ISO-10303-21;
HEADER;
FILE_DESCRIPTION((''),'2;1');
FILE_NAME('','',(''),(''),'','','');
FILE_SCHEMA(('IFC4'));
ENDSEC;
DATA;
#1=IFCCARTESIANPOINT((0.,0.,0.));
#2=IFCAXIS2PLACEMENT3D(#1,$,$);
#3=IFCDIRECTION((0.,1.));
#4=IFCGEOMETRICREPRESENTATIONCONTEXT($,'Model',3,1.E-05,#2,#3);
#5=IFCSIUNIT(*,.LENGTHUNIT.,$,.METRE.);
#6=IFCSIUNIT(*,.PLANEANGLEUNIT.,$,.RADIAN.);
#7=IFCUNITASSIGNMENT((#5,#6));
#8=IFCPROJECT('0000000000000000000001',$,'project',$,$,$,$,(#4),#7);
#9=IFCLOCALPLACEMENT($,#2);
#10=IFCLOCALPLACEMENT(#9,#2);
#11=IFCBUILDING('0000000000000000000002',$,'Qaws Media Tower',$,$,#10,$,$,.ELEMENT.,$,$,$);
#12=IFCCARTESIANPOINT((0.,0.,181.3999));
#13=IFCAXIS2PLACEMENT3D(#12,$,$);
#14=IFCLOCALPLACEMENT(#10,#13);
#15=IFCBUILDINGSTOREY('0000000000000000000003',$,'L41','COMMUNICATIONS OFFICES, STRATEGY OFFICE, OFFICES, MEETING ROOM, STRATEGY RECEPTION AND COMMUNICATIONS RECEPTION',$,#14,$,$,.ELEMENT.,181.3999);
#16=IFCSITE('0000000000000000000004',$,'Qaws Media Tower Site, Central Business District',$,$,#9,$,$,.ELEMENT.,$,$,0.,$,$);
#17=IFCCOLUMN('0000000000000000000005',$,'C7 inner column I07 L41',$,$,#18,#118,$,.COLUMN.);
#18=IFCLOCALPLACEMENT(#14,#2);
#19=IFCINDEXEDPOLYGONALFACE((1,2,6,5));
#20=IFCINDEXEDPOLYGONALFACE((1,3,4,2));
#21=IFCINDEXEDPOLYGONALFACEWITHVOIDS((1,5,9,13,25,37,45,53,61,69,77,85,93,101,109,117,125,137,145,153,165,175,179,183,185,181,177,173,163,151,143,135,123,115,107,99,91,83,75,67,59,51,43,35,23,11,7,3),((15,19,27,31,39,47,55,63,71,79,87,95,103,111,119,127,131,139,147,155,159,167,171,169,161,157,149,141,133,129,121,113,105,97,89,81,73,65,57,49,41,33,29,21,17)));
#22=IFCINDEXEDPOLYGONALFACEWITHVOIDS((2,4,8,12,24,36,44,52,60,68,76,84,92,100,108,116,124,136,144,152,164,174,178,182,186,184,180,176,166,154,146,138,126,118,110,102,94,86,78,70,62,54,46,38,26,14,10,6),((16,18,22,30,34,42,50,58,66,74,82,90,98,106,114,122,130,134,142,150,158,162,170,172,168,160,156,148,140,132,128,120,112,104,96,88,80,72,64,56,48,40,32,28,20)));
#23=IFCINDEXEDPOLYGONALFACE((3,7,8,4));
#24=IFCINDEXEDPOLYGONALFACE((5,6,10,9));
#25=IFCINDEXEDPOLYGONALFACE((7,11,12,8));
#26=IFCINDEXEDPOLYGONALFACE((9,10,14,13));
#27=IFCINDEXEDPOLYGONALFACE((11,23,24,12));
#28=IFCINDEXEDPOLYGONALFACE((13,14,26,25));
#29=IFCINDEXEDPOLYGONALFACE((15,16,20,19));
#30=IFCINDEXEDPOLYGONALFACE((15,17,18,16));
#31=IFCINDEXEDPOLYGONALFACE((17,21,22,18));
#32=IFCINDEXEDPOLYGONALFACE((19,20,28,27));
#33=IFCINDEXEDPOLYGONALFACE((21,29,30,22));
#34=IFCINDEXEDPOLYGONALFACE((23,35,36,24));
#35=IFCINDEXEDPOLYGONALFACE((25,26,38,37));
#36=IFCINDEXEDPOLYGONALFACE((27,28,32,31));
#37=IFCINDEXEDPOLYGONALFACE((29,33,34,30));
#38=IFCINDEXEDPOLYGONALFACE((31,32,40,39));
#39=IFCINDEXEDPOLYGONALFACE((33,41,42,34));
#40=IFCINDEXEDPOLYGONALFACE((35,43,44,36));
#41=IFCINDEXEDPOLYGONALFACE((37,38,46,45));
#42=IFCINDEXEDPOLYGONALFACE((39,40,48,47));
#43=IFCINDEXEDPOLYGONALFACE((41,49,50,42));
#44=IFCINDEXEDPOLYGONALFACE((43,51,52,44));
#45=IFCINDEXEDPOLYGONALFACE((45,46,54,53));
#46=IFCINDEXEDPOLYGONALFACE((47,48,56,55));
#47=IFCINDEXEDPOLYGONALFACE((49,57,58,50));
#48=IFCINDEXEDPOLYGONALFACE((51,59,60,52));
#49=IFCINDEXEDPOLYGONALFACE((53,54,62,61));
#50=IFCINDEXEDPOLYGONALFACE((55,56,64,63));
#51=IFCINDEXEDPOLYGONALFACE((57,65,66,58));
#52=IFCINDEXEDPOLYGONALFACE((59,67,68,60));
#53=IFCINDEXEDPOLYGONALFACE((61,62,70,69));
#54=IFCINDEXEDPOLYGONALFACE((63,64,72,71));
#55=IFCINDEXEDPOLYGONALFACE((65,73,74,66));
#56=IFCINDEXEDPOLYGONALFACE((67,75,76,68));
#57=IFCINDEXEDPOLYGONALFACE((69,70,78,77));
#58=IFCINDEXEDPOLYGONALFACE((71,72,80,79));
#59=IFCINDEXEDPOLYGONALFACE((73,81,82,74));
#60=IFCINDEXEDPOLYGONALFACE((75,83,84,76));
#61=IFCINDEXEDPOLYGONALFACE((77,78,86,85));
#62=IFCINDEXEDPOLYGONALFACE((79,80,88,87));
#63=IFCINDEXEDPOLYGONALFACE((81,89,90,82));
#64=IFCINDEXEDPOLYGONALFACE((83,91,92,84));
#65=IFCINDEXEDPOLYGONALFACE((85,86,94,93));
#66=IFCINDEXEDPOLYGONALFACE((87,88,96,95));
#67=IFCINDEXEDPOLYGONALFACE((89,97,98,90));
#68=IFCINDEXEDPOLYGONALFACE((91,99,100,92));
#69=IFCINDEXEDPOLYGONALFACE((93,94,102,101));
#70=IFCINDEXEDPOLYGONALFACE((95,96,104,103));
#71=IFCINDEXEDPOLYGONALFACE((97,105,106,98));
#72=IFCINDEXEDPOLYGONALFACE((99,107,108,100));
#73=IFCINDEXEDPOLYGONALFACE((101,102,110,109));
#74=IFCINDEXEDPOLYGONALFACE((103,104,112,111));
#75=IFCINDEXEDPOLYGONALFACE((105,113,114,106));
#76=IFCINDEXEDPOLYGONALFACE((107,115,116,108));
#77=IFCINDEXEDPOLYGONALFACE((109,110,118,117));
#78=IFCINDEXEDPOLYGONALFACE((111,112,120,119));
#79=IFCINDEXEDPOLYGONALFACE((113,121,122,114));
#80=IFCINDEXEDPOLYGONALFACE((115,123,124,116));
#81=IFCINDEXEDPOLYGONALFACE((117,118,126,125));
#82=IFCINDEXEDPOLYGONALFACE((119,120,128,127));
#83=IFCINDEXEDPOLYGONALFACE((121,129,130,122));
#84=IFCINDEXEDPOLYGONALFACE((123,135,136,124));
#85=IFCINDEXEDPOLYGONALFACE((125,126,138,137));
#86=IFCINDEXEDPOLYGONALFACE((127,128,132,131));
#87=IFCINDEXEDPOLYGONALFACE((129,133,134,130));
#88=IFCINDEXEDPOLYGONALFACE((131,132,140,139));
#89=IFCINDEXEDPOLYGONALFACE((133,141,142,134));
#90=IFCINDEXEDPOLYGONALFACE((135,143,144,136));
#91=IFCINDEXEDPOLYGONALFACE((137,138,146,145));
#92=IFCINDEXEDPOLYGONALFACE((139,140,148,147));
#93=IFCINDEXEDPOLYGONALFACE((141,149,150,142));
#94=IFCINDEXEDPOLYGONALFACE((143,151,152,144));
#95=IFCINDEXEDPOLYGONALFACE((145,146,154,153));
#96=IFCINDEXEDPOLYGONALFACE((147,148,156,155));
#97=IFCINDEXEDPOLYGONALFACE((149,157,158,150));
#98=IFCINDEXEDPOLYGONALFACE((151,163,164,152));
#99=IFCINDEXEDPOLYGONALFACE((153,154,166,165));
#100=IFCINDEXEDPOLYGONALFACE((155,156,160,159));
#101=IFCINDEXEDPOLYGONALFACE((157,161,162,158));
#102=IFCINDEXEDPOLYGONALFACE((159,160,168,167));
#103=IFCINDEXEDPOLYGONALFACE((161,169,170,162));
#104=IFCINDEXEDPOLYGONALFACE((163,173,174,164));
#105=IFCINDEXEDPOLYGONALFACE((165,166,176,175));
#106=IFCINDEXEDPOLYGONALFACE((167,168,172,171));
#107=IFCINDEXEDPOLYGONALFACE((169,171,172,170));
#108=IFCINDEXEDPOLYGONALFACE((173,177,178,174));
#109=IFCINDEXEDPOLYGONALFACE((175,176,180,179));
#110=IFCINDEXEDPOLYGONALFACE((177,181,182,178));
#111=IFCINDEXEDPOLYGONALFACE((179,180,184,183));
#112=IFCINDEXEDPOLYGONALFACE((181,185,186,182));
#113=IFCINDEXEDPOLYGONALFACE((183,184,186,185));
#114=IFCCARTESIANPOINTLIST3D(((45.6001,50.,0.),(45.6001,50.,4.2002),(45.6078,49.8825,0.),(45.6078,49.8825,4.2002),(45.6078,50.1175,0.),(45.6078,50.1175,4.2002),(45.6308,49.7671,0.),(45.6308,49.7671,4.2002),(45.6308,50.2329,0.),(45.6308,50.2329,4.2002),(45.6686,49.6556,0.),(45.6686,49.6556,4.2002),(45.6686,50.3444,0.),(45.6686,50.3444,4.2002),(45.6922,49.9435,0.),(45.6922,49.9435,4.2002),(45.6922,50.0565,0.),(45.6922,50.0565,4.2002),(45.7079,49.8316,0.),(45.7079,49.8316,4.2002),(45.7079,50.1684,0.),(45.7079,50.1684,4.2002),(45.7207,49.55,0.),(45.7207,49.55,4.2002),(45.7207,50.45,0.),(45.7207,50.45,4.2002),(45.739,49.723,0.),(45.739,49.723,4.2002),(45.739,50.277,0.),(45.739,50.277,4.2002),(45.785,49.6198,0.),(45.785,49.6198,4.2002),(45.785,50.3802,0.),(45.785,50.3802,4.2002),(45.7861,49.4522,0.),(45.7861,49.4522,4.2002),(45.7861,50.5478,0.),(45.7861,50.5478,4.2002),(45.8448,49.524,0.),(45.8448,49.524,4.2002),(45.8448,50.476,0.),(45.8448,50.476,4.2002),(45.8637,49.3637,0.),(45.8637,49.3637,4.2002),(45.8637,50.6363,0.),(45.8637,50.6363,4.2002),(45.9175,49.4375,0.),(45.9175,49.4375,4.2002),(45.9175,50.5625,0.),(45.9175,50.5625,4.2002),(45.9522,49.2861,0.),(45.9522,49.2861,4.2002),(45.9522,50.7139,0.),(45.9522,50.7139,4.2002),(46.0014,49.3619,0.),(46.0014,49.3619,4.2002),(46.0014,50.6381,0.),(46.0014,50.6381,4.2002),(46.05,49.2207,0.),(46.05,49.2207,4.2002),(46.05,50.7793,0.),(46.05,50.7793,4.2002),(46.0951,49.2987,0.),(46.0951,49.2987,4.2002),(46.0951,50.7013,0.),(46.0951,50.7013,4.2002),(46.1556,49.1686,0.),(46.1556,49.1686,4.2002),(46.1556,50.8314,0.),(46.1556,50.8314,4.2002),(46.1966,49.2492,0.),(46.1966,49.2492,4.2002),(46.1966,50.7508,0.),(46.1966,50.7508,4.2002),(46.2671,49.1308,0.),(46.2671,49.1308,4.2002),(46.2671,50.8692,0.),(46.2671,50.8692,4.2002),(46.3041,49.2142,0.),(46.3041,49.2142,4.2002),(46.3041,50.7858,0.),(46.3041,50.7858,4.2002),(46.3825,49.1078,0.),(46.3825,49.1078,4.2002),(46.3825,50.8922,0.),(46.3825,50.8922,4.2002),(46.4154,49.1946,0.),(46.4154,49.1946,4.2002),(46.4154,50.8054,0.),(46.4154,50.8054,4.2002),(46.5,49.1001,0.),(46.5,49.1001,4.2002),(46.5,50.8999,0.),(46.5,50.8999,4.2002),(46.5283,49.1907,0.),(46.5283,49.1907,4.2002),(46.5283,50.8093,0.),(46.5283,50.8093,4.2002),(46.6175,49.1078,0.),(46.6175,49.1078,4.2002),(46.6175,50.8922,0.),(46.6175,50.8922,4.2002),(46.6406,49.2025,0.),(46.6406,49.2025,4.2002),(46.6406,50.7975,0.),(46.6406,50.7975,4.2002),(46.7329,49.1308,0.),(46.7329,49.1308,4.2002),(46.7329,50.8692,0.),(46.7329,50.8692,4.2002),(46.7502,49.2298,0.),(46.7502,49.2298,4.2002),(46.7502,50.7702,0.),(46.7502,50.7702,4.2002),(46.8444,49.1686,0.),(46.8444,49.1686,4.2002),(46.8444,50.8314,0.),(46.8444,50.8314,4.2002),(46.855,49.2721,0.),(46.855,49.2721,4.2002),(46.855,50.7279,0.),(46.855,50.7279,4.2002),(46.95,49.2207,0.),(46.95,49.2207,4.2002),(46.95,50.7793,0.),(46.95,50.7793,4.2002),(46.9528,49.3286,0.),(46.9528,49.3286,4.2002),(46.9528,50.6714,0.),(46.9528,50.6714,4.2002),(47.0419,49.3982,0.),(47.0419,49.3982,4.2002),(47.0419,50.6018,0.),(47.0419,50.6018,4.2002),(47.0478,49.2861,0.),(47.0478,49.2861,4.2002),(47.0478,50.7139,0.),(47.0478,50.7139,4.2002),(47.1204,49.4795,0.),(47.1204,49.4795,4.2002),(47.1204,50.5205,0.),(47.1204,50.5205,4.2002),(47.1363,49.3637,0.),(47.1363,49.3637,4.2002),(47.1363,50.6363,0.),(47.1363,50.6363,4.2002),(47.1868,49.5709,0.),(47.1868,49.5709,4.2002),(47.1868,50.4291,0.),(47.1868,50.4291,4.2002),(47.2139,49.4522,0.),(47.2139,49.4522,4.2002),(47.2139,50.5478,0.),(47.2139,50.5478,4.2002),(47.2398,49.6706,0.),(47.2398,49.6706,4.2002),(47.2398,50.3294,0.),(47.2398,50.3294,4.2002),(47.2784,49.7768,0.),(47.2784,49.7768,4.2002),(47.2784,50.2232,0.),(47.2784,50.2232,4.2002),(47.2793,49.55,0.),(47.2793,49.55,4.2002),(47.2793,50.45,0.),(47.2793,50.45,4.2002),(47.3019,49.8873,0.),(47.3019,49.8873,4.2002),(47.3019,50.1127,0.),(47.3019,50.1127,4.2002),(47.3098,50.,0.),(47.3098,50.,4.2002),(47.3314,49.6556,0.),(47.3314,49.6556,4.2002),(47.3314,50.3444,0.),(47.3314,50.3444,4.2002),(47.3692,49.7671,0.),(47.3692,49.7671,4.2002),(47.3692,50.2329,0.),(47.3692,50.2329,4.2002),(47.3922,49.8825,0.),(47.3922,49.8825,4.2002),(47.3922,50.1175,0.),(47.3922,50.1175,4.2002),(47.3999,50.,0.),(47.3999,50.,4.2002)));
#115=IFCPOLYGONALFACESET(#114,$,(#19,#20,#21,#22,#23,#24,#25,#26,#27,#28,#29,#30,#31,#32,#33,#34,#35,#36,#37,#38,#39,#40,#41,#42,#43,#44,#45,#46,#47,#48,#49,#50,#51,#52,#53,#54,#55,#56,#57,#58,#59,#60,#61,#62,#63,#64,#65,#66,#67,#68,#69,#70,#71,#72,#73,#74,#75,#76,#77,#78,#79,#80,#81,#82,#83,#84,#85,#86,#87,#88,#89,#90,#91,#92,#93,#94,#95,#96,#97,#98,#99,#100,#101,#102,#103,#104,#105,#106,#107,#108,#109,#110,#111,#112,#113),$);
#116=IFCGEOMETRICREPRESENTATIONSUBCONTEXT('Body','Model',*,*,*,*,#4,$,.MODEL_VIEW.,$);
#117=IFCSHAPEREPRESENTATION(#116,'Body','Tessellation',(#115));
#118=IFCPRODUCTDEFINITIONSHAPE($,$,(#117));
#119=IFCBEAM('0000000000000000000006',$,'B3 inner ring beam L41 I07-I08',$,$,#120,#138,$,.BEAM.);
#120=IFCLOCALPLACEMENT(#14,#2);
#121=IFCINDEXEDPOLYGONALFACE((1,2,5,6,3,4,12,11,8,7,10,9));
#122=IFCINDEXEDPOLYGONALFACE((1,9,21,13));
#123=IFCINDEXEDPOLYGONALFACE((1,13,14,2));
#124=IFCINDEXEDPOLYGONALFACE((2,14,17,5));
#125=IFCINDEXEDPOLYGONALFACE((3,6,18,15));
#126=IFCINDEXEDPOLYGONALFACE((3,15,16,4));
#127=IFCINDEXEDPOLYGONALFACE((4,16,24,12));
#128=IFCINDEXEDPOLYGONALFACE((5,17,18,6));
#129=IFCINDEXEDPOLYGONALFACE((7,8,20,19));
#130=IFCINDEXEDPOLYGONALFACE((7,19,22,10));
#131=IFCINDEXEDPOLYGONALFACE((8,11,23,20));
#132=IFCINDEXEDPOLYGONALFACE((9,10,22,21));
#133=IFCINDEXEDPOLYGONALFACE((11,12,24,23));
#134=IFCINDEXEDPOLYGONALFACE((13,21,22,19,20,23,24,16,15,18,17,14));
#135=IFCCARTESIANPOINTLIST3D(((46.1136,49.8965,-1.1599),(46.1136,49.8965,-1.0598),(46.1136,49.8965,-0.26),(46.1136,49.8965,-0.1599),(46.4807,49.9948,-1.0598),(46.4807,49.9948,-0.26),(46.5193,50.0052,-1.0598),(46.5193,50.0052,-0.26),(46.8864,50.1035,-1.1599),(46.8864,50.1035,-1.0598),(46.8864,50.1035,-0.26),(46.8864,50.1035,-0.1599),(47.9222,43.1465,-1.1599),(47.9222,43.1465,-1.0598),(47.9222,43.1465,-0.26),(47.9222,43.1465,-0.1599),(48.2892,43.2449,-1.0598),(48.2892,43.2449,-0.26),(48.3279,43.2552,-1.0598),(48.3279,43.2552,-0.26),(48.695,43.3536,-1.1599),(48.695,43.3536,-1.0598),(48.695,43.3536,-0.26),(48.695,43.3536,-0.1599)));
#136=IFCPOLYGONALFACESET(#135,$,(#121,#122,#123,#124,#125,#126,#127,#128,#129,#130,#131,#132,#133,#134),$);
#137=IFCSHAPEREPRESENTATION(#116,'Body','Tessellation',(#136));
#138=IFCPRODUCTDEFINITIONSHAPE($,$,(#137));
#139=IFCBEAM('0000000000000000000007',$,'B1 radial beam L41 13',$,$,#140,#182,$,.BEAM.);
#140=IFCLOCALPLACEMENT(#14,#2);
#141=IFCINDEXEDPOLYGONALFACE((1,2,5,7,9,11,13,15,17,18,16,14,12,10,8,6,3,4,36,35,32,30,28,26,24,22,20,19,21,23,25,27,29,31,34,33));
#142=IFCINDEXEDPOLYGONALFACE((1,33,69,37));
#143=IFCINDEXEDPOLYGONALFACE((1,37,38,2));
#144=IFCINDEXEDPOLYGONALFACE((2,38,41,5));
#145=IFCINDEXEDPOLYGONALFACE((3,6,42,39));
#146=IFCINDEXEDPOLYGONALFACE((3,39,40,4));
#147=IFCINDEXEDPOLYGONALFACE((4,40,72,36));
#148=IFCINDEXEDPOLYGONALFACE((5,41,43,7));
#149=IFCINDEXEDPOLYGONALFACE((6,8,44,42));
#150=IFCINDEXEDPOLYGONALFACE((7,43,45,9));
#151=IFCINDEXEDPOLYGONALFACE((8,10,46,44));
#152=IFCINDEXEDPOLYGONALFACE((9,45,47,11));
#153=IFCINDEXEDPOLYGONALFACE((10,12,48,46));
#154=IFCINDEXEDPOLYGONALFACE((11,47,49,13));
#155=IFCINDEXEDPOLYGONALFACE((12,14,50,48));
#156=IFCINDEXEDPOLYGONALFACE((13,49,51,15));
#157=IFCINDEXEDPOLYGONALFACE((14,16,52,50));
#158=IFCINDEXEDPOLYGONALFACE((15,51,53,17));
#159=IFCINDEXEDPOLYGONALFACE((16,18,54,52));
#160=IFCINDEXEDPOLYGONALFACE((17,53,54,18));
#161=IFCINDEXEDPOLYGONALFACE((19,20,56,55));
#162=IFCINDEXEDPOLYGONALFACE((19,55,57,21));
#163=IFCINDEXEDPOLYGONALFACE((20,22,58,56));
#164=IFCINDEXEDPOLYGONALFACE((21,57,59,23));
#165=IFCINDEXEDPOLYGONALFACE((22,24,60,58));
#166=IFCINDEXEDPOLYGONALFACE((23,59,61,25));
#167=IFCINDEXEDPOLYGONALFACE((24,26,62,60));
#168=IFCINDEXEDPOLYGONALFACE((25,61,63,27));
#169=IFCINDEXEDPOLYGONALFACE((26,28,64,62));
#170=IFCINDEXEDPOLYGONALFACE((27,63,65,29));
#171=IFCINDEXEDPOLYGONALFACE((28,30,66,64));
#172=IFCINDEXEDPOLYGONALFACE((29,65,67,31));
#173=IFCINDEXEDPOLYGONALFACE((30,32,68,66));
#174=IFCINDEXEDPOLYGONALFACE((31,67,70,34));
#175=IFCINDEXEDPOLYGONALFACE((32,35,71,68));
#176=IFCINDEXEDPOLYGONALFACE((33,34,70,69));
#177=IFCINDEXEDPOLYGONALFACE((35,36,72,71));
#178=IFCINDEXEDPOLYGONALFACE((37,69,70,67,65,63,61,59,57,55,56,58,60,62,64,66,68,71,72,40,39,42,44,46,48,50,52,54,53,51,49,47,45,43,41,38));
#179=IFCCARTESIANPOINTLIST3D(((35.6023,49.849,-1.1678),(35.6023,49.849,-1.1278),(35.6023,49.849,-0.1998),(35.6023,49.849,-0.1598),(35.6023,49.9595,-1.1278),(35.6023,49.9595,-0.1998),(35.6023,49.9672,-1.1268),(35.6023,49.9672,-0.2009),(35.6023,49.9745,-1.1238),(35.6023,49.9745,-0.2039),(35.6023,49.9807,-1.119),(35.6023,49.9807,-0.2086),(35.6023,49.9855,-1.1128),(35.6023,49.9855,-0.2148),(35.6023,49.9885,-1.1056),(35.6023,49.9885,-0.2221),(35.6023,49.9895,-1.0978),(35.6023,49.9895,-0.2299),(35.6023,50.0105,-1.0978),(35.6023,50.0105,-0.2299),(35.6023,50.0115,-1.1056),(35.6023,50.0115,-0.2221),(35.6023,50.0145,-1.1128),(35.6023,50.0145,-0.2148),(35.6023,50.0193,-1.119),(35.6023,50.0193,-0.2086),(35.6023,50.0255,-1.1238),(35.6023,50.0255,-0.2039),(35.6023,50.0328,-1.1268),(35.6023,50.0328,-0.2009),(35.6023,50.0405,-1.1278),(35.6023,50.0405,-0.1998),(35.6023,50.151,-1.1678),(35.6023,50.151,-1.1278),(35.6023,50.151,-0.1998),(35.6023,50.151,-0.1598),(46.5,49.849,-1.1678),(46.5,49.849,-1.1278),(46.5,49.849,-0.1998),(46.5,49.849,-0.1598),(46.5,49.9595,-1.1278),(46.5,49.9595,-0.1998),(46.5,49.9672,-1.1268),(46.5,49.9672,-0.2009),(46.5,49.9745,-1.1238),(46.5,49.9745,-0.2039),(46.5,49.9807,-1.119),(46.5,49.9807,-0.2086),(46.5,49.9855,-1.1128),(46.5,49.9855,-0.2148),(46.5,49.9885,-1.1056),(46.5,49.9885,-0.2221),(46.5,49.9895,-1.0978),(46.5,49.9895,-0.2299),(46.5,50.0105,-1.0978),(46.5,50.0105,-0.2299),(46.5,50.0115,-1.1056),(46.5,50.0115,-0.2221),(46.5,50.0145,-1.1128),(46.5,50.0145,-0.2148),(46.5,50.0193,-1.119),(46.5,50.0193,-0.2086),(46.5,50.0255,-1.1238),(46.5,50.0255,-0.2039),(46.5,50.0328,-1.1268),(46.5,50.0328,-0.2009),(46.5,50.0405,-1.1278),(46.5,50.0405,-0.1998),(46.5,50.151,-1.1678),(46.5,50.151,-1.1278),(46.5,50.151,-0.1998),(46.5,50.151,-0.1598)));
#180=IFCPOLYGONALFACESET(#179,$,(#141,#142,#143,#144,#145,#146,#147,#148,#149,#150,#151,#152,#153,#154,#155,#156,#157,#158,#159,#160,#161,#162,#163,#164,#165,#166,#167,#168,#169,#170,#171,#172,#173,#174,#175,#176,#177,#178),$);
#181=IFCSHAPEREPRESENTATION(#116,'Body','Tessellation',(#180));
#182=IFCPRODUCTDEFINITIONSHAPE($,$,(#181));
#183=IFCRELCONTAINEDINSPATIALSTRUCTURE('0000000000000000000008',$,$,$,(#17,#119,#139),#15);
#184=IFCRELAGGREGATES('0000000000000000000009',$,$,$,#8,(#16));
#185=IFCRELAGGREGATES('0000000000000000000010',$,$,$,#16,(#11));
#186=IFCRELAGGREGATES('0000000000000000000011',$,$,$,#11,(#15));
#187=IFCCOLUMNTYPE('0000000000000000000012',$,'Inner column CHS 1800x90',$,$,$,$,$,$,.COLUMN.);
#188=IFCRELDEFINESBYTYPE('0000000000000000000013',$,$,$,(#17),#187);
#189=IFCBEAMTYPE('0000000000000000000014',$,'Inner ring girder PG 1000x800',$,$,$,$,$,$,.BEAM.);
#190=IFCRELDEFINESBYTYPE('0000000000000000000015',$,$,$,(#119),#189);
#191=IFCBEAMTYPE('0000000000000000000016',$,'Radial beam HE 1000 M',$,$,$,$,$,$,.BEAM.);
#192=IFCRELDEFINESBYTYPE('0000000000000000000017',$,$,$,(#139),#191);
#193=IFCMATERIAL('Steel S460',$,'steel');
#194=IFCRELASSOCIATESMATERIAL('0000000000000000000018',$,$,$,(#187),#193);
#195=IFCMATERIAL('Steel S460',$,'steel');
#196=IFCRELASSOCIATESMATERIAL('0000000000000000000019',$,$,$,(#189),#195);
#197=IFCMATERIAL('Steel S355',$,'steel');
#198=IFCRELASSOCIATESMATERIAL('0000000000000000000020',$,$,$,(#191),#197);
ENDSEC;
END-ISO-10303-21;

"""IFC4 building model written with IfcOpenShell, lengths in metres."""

from ifc_helpers import new_model, si_unit, direction, frame, origin, origin_2d, place, context, subcontext, project, spatial, hollow_circle, i_section, extrude, material, material_profile, profile_set, type_object, element, save


model = new_model("IFC4")

# Units and contexts
model_context = context("Model", 3, precision=1e-05, world=origin(), true_north=direction((0.0, 1.0)))
body_context = subcontext(model_context, "Body", "Model", "MODEL_VIEW")
ifc_project = project(units=[si_unit("LENGTHUNIT", "METRE"), si_unit("PLANEANGLEUNIT", "RADIAN")], contexts=[model_context])

# Site, building, storey
site_placement = place(None, origin())
site = spatial("IfcSite", under=ifc_project, at=site_placement, Name="Qaws Media Tower Site, Central Business District", CompositionType="ELEMENT", RefElevation=0.0)
building_placement = place(site_placement, origin())
building = spatial("IfcBuilding", under=site, at=building_placement, Name="Qaws Media Tower", CompositionType="ELEMENT")
storey_placement = place(building_placement, frame((0.0, 0.0, 181.3999)))
storey = spatial("IfcBuildingStorey", under=building, at=storey_placement, Name="L41", Description="COMMUNICATIONS OFFICES, STRATEGY OFFICE, OFFICES, MEETING ROOM, STRATEGY RECEPTION AND COMMUNICATIONS RECEPTION", CompositionType="ELEMENT", Elevation=181.3999)

# Column
ifc_material_1 = material(Name="Steel S460", Category="steel")
ifc_material_profile_1 = material_profile(ifc_material_1, hollow_circle(Radius=0.8999, WallThickness=0.0901, at=origin_2d()), Name="CHS 1800x90")
ifc_profile_set_1 = profile_set([ifc_material_profile_1], Name="Steel S460")
column_type = type_object("IfcColumnType", Name="Inner column CHS 1800x90", PredefinedType="COLUMN", material=ifc_profile_set_1)
column_placement = place(storey_placement, frame((46.5, 50.0, 0.0), z_axis=(0.0, 0.0, 1.0), x_axis=(1.0, 0.0, 0.0)))
element("IfcColumn", 1, at=column_placement, inside=storey, type_object=column_type, Name="C7 inner column I07 L41", PredefinedType="COLUMN", context=body_context, shape_type="SweptSolid", body=[
    extrude(hollow_circle(Radius=0.8999, WallThickness=0.0901, at=origin_2d()), origin(), (0.0, 0.0, 1.0), 4.2002),
])

# Beams
ifc_material_2 = material(Name="Steel S460", Category="steel")
ifc_material_profile_2 = material_profile(ifc_material_2, i_section(OverallWidth=0.8, OverallDepth=1.0, WebThickness=0.04, FlangeThickness=0.1001, at=origin_2d()), Name="PG 1000x800")
ifc_profile_set_2 = profile_set([ifc_material_profile_2], Name="Steel S460")
beam_type_1 = type_object("IfcBeamType", Name="Inner ring girder PG 1000x800", PredefinedType="BEAM", material=ifc_profile_set_2)
beam_1_placement = place(storey_placement, frame((46.5, 50.0, -0.6599), z_axis=(0.258811, -0.965928, 0.0), x_axis=(0.965928, 0.258811, 0.0)))
element("IfcBeam", 2, at=beam_1_placement, inside=storey, type_object=beam_type_1, Name="B3 inner ring beam L41 I07-I08", PredefinedType="BEAM", context=body_context, shape_type="SweptSolid", body=[
    extrude(i_section(OverallWidth=0.8, OverallDepth=1.0, WebThickness=0.04, FlangeThickness=0.1001, at=origin_2d()), origin(), (0.0, 0.0, 1.0), 6.988),
])
ifc_material_3 = material(Name="Steel S355", Category="steel")
ifc_material_profile_3 = material_profile(ifc_material_3, i_section(OverallWidth=0.302, OverallDepth=1.0081, WebThickness=0.021, FlangeThickness=0.04, FilletRadius=0.03, at=origin_2d()), Name="HE 1000 M")
ifc_profile_set_3 = profile_set([ifc_material_profile_3], Name="Steel S355")
beam_type_2 = type_object("IfcBeamType", Name="Radial beam HE 1000 M", PredefinedType="BEAM", material=ifc_profile_set_3)
beam_2_placement = place(storey_placement, frame((46.5, 50.0, -0.6638), z_axis=(-1.0, 0.0, 0.0), x_axis=(0.0, -1.0, 0.0)))
element("IfcBeam", 3, at=beam_2_placement, inside=storey, type_object=beam_type_2, Name="B1 radial beam L41 13", PredefinedType="BEAM", context=body_context, shape_type="SweptSolid", body=[
    extrude(i_section(OverallWidth=0.302, OverallDepth=1.0081, WebThickness=0.021, FlangeThickness=0.04, FilletRadius=0.03, at=origin_2d()), origin(), (0.0, 0.0, 1.0), 10.8977),
])

save(model, "model.ifc")
